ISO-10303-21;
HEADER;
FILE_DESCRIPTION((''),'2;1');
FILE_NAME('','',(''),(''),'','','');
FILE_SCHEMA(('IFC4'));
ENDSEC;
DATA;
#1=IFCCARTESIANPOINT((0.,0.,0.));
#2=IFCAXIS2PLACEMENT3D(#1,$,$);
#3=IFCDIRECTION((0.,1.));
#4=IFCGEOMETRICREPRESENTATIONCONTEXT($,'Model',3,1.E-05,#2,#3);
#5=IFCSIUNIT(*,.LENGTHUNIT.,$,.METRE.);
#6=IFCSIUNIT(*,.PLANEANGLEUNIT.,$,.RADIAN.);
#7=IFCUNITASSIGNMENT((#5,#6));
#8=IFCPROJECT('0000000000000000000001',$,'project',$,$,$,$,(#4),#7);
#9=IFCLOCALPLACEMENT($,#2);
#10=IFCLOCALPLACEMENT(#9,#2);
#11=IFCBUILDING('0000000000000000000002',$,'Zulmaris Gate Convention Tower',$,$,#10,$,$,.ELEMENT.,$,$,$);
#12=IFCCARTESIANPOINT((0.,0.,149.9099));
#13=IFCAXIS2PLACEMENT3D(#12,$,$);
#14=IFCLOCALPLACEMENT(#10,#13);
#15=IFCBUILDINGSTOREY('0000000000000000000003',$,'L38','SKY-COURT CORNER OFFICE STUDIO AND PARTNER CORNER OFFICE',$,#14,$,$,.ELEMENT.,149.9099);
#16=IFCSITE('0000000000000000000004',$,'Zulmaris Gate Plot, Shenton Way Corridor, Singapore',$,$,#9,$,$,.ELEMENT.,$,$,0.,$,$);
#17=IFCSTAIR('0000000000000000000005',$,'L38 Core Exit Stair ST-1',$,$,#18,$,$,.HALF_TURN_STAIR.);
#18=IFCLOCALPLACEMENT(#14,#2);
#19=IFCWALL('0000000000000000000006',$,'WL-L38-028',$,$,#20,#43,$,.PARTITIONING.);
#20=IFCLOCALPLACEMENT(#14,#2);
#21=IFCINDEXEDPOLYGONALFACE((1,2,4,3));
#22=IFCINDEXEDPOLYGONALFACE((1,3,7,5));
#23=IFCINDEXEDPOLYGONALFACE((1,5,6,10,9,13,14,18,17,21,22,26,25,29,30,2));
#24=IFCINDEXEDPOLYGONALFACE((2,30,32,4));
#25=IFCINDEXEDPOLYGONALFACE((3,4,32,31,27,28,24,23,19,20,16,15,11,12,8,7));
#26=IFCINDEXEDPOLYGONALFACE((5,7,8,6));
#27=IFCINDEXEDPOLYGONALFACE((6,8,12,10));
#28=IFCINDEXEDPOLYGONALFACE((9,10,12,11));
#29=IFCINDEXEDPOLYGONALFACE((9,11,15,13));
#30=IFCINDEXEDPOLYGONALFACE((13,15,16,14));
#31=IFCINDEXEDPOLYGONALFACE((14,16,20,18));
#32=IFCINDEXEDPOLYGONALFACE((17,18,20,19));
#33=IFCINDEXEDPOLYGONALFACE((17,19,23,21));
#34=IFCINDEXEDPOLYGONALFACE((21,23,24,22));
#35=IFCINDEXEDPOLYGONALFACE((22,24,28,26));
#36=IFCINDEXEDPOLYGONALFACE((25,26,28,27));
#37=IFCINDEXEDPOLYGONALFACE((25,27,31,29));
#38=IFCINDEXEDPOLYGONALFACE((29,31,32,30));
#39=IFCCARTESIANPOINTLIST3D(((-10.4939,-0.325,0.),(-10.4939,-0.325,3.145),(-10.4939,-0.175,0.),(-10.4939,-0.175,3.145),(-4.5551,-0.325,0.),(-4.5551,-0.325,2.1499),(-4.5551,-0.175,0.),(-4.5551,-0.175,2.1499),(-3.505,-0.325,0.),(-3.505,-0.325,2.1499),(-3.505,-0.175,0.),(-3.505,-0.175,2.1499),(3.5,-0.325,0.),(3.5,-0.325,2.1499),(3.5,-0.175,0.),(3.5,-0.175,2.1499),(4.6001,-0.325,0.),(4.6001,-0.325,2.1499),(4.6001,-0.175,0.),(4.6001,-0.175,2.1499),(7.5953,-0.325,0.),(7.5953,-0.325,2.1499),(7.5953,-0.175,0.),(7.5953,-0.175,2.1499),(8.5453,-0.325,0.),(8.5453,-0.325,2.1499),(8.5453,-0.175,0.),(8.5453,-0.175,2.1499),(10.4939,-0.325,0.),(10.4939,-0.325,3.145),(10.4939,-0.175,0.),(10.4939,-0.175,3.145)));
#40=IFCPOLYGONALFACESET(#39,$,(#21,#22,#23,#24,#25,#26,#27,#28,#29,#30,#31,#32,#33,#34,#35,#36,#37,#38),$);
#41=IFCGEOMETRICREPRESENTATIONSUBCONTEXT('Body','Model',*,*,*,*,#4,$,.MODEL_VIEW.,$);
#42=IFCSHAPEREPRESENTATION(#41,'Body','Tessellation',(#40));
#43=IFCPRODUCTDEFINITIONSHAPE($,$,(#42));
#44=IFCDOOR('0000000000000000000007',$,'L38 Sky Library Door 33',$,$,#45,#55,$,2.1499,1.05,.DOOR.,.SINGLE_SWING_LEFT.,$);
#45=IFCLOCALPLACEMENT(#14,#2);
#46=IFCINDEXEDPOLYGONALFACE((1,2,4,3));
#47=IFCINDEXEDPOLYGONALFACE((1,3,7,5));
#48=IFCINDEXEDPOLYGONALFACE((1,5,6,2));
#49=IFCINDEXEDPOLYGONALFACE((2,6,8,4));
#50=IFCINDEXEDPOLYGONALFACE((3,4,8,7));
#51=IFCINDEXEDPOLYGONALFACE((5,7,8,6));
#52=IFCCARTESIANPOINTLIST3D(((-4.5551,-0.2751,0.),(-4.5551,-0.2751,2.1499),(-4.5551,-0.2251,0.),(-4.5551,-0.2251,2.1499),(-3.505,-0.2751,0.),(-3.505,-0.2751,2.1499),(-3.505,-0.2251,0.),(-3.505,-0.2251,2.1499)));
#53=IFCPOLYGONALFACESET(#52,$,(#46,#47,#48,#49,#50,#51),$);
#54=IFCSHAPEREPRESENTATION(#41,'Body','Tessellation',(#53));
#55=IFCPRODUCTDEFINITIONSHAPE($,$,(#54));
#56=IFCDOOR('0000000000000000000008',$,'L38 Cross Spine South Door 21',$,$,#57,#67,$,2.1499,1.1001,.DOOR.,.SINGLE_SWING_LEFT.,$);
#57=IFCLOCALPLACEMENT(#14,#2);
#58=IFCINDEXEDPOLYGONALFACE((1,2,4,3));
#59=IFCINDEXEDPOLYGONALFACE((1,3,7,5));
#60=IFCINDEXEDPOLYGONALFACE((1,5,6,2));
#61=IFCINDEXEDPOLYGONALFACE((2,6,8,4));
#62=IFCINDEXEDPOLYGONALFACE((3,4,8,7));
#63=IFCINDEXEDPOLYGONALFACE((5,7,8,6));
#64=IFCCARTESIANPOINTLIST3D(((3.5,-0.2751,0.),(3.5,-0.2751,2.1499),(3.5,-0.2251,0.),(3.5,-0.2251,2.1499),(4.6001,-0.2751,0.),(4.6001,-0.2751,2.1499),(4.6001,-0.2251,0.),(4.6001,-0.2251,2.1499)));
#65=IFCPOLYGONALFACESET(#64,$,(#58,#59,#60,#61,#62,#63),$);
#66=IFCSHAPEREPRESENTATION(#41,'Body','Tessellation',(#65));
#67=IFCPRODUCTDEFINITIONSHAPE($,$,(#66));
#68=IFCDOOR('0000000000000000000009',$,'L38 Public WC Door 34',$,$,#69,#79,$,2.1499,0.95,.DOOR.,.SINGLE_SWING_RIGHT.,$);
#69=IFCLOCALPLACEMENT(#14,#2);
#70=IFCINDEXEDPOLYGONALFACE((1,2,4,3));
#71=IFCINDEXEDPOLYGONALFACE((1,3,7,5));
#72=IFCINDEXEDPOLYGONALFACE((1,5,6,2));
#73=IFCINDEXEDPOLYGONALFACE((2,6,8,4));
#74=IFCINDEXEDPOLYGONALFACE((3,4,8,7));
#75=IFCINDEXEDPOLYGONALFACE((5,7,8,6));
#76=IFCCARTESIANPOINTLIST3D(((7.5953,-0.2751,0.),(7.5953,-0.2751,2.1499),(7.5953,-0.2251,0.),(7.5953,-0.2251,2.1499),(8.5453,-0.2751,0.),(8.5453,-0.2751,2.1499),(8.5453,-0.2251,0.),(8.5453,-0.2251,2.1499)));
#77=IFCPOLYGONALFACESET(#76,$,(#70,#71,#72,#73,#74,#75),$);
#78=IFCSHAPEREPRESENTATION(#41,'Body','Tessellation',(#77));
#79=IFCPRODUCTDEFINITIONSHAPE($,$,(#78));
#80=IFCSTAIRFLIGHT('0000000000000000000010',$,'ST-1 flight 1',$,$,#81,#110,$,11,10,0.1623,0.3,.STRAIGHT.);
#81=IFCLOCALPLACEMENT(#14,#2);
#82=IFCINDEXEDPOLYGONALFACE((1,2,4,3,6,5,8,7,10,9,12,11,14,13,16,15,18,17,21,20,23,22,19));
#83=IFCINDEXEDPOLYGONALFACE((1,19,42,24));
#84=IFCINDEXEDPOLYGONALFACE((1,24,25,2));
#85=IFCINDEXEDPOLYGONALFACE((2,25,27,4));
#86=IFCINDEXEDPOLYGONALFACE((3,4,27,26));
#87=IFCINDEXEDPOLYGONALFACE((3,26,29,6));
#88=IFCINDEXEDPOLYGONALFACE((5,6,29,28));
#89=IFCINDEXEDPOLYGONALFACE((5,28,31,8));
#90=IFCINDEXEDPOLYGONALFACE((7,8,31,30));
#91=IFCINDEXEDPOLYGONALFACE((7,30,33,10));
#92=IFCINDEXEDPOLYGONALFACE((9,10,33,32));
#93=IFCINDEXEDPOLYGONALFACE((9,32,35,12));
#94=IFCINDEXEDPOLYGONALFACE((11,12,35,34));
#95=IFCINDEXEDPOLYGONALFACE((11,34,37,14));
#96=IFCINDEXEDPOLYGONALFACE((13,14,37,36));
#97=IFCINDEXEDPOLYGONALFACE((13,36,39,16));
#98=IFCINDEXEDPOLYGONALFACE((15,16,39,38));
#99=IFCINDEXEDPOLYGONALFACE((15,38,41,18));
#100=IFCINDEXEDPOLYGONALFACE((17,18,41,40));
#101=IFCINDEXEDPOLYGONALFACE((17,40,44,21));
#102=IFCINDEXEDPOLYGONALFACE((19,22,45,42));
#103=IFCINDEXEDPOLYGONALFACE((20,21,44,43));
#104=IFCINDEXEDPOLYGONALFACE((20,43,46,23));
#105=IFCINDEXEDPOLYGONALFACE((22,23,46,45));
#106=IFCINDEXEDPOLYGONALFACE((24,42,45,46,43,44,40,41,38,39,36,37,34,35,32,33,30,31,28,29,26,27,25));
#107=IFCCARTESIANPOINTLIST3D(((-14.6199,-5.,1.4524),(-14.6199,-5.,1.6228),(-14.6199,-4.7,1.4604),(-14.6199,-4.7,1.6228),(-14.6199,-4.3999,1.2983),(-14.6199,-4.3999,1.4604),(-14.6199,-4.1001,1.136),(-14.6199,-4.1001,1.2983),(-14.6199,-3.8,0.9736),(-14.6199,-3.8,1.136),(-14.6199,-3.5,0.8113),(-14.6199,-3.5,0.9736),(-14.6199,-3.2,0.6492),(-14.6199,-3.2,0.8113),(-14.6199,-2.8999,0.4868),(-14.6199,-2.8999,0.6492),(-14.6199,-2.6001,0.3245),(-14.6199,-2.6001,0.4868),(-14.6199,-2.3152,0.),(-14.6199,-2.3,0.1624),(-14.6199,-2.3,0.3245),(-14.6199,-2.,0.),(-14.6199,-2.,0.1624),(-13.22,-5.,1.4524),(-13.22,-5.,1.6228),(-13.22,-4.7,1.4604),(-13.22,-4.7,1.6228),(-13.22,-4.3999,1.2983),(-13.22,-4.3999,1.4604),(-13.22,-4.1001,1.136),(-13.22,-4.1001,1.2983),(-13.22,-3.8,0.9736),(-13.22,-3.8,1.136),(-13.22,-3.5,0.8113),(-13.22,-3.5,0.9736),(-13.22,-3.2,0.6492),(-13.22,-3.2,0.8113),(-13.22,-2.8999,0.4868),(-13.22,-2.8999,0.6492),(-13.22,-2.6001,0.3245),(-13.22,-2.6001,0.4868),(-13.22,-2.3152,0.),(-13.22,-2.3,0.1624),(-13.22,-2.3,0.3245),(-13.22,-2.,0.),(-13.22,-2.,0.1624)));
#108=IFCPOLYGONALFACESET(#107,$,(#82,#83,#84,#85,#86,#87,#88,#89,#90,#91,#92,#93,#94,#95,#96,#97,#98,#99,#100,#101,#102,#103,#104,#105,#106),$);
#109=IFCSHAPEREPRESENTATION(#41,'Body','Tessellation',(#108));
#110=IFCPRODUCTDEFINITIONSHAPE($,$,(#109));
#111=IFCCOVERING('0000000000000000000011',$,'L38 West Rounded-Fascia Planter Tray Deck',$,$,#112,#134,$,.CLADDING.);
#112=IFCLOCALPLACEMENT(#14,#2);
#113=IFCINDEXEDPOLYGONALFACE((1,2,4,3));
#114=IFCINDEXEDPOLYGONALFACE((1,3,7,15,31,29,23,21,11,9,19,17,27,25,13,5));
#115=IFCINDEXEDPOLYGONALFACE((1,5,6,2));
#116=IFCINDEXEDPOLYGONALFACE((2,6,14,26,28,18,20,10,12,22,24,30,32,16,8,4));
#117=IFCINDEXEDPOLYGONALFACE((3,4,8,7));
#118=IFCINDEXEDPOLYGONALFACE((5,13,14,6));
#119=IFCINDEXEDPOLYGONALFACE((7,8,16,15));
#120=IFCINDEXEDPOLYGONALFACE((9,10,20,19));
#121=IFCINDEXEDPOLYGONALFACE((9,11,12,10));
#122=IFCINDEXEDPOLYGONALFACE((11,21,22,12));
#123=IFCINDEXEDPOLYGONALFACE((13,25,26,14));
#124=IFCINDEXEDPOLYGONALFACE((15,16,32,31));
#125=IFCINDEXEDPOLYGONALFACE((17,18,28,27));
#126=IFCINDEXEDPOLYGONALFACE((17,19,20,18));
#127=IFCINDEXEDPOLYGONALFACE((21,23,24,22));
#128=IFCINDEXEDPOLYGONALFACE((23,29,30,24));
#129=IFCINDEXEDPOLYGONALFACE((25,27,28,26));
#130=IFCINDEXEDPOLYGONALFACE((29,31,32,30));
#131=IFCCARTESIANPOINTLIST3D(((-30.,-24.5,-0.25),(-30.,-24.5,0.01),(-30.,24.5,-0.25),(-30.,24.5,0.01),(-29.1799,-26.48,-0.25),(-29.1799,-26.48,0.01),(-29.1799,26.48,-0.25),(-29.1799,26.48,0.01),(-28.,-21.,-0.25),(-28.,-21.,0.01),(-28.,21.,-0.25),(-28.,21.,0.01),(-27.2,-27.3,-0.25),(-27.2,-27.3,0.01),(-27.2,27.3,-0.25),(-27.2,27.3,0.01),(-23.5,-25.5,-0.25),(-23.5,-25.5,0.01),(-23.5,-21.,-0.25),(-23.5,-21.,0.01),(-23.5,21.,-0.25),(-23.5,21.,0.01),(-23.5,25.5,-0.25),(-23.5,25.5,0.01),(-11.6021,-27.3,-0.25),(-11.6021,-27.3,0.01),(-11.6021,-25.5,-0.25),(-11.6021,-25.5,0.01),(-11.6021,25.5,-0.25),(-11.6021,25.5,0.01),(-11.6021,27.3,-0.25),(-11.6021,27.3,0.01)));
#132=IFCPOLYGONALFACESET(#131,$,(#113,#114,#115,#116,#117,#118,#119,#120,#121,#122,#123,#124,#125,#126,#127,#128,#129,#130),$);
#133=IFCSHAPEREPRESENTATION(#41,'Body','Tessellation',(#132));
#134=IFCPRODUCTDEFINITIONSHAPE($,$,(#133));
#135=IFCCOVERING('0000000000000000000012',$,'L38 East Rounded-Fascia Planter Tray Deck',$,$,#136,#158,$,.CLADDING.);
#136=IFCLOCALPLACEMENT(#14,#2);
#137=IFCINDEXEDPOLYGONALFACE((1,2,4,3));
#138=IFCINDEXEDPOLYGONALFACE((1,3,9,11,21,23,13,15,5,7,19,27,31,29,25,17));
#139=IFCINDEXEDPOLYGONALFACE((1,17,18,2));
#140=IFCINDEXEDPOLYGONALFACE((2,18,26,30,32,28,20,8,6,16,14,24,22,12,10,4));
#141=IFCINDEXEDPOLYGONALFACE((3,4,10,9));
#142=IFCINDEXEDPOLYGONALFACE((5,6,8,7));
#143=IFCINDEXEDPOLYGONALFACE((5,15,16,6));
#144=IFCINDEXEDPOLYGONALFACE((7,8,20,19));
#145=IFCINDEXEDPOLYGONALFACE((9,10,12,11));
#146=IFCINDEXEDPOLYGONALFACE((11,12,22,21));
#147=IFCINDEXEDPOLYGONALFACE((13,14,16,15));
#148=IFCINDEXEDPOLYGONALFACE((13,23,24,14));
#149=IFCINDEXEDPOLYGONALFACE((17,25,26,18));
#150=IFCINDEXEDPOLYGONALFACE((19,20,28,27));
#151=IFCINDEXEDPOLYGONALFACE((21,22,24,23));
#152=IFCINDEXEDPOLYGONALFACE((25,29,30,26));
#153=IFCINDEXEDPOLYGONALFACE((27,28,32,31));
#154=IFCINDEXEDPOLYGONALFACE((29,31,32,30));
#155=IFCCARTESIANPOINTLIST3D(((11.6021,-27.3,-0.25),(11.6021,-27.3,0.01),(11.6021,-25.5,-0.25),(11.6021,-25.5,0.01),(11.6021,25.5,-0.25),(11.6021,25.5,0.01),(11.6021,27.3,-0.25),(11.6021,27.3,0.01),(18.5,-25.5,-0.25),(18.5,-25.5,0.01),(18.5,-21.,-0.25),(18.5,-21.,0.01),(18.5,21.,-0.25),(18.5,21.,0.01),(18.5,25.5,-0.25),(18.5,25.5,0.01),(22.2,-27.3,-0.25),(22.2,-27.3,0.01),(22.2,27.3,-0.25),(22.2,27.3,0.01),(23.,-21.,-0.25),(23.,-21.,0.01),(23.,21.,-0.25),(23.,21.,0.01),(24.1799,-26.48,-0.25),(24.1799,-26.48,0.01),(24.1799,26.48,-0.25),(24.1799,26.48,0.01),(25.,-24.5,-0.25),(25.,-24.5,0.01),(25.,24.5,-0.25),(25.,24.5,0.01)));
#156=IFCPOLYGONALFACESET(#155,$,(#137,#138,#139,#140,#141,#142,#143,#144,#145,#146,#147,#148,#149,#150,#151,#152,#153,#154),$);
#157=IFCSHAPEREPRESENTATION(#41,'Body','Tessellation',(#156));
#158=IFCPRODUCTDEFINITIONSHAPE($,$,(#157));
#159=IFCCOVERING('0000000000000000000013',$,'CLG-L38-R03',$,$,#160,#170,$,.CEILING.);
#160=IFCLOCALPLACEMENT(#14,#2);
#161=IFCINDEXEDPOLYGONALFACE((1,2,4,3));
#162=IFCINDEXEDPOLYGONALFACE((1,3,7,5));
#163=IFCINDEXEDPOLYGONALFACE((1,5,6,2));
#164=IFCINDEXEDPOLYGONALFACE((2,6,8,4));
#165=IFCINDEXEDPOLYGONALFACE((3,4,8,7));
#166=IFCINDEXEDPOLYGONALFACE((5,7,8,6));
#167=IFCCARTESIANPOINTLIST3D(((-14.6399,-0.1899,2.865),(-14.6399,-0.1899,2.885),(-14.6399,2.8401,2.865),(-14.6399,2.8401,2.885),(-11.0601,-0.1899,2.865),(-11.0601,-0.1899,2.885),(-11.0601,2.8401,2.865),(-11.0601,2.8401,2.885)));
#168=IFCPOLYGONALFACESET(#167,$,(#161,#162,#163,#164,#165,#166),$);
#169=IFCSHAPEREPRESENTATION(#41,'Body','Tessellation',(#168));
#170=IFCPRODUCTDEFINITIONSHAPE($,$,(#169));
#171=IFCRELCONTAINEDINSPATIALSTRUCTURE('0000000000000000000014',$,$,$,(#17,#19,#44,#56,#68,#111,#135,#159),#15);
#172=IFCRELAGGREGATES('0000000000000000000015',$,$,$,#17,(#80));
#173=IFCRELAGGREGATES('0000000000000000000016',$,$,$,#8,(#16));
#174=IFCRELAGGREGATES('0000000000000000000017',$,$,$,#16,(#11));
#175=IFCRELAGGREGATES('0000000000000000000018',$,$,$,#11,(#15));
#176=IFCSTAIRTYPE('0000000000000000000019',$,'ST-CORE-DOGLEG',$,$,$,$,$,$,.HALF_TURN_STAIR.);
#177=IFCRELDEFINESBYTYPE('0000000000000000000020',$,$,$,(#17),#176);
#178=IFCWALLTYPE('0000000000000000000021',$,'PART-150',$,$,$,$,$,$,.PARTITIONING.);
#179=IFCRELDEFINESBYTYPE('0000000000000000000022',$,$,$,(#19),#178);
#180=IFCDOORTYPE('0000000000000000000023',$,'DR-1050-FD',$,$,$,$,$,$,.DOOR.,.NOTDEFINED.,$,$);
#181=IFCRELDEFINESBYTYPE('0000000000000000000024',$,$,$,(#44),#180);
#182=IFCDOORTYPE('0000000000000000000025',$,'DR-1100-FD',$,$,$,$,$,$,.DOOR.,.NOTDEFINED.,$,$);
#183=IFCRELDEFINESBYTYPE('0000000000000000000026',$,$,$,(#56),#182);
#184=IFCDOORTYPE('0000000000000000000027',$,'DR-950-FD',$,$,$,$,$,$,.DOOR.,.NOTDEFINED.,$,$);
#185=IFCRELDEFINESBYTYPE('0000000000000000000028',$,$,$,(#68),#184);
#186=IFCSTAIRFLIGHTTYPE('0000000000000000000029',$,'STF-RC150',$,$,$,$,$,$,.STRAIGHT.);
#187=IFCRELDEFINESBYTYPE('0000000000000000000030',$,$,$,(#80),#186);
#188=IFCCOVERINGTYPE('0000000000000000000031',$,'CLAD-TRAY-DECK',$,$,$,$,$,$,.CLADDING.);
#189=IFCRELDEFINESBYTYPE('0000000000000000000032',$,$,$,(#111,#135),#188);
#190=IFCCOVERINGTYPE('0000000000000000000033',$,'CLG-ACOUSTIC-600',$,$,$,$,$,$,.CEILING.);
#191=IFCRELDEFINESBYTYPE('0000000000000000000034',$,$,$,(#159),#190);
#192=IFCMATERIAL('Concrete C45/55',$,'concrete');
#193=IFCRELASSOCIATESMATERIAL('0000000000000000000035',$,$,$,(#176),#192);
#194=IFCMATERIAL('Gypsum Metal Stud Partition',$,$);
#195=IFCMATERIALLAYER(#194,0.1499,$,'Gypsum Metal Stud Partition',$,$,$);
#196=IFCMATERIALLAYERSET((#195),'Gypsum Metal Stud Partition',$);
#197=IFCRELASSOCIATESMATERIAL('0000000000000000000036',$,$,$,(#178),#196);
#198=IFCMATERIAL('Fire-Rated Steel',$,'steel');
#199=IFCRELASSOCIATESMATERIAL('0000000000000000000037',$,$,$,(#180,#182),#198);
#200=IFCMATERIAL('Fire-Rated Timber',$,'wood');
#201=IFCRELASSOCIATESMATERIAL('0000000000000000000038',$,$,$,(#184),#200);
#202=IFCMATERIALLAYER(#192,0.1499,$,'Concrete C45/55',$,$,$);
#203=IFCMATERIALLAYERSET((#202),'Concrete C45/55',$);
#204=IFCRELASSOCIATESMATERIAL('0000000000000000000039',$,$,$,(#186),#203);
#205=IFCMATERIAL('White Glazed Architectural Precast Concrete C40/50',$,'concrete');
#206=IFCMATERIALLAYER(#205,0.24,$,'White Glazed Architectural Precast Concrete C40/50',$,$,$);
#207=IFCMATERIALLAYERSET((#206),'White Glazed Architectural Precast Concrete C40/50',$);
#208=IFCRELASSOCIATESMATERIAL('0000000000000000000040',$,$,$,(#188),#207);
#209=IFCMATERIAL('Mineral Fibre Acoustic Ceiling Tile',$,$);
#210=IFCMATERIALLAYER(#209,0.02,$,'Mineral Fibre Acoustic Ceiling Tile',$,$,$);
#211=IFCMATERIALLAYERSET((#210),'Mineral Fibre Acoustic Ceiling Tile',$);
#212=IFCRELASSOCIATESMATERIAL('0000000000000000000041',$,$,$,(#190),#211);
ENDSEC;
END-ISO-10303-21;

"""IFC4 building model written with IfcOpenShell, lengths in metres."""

from ifc_helpers import new_model, si_unit, direction, frame, frame_2d, origin, place, context, subcontext, project, spatial, polyline, rectangle, outline, extrude, material, layer, layer_set, type_object, element, fill, aggregate, save


model = new_model("IFC4")

# Units and contexts
model_context = context("Model", 3, precision=1e-05, world=origin(), true_north=direction((0.0, 1.0)))
body_context = subcontext(model_context, "Body", "Model", "MODEL_VIEW")
ifc_project = project(units=[si_unit("LENGTHUNIT", "METRE"), si_unit("PLANEANGLEUNIT", "RADIAN")], contexts=[model_context])

# Site, building, storey
site_placement = place(None, origin())
site = spatial("IfcSite", under=ifc_project, at=site_placement, Name="Zulmaris Gate Plot, Shenton Way Corridor, Singapore", CompositionType="ELEMENT", RefElevation=0.0)
building_placement = place(site_placement, origin())
building = spatial("IfcBuilding", under=site, at=building_placement, Name="Zulmaris Gate Convention Tower", CompositionType="ELEMENT")
storey_placement = place(building_placement, frame((0.0, 0.0, 149.9099)))
storey = spatial("IfcBuildingStorey", under=building, at=storey_placement, Name="L38", Description="SKY-COURT CORNER OFFICE STUDIO AND PARTNER CORNER OFFICE", CompositionType="ELEMENT", Elevation=149.9099)

# Stair
ifc_material_1 = material(Name="Concrete C45/55", Category="concrete")
stair_type = type_object("IfcStairType", Name="ST-CORE-DOGLEG", PredefinedType="HALF_TURN_STAIR", material=ifc_material_1)
stair_1_placement = place(storey_placement, origin())
stair_1 = element("IfcStair", 1, at=stair_1_placement, inside=storey, type_object=stair_type, Name="L38 Core Exit Stair ST-1", PredefinedType="HALF_TURN_STAIR")

# Wall, openings, doors
ifc_material_2 = material(Name="Gypsum Metal Stud Partition")
ifc_layer_1 = layer(ifc_material_2, 0.1499, Name="Gypsum Metal Stud Partition")
ifc_layer_set_1 = layer_set([ifc_layer_1], Name="Gypsum Metal Stud Partition")
wall_type = type_object("IfcWallType", Name="PART-150", PredefinedType="PARTITIONING", material=ifc_layer_set_1)
wall_placement = place(storey_placement, frame((-10.4939, -0.25, 0.0), z_axis=(0.0, 0.0, 1.0), x_axis=(1.0, 0.0, 0.0)))
wall = element("IfcWall", 2, at=wall_placement, inside=storey, type_object=wall_type, Name="WL-L38-028", PredefinedType="PARTITIONING", context=body_context, shape_type="SweptSolid", body=[
    extrude(rectangle(XDim=20.9878, YDim=0.1499, at=frame_2d((10.4939, 0.0))), origin(), (0.0, 0.0, 1.0), 3.145),
])
opening_1_placement = place(wall_placement, frame((13.9939, 0.0, 0.0)))
opening_1 = element("IfcOpeningElement", 3, at=opening_1_placement, cuts=wall, PredefinedType="OPENING", context=body_context, shape_type="SweptSolid", body=[
    extrude(rectangle(XDim=1.1001, YDim=2.1499, at=frame_2d((0.55, 1.075))), frame((0.0, 0.085, 0.0), z_axis=(0.0, -1.0, 0.0), x_axis=(1.0, 0.0, 0.0)), (0.0, 0.0, 1.0), 0.1699),
])
opening_2_placement = place(wall_placement, frame((5.939, 0.0, 0.0)))
opening_2 = element("IfcOpeningElement", 4, at=opening_2_placement, cuts=wall, PredefinedType="OPENING", context=body_context, shape_type="SweptSolid", body=[
    extrude(rectangle(XDim=1.05, YDim=2.1499, at=frame_2d((0.5249, 1.075))), frame((0.0, 0.085, 0.0), z_axis=(0.0, -1.0, 0.0), x_axis=(1.0, 0.0, 0.0)), (0.0, 0.0, 1.0), 0.1699),
])
opening_3_placement = place(wall_placement, frame((18.0891, 0.0, 0.0)))
opening_3 = element("IfcOpeningElement", 5, at=opening_3_placement, cuts=wall, PredefinedType="OPENING", context=body_context, shape_type="SweptSolid", body=[
    extrude(rectangle(XDim=0.95, YDim=2.1499, at=frame_2d((0.4751, 1.075))), frame((0.0, 0.085, 0.0), z_axis=(0.0, -1.0, 0.0), x_axis=(1.0, 0.0, 0.0)), (0.0, 0.0, 1.0), 0.1699),
])
ifc_material_3 = material(Name="Fire-Rated Steel", Category="steel")
door_type_1 = type_object("IfcDoorType", Name="DR-1050-FD", OperationType="NOTDEFINED", PredefinedType="DOOR", material=ifc_material_3)
door_1_placement = place(opening_2_placement, origin())
door_1 = element("IfcDoor", 6, at=door_1_placement, inside=storey, type_object=door_type_1, Name="L38 Sky Library Door 33", OperationType="SINGLE_SWING_LEFT", OverallHeight=2.1499, OverallWidth=1.05, PredefinedType="DOOR", context=body_context, shape_type="SweptSolid", body=[
    extrude(rectangle(XDim=1.05, YDim=2.1499, at=frame_2d((0.5249, 1.075))), frame((0.0, 0.0249, 0.0), z_axis=(0.0, -1.0, 0.0), x_axis=(1.0, 0.0, 0.0)), (0.0, 0.0, 1.0), 0.05),
])
fill(opening_2, door_1)
door_type_2 = type_object("IfcDoorType", Name="DR-1100-FD", OperationType="NOTDEFINED", PredefinedType="DOOR", material=ifc_material_3)
door_2_placement = place(opening_1_placement, origin())
door_2 = element("IfcDoor", 7, at=door_2_placement, inside=storey, type_object=door_type_2, Name="L38 Cross Spine South Door 21", OperationType="SINGLE_SWING_LEFT", OverallHeight=2.1499, OverallWidth=1.1001, PredefinedType="DOOR", context=body_context, shape_type="SweptSolid", body=[
    extrude(rectangle(XDim=1.1001, YDim=2.1499, at=frame_2d((0.55, 1.075))), frame((0.0, 0.0249, 0.0), z_axis=(0.0, -1.0, 0.0), x_axis=(1.0, 0.0, 0.0)), (0.0, 0.0, 1.0), 0.05),
])
fill(opening_1, door_2)
ifc_material_4 = material(Name="Fire-Rated Timber", Category="wood")
door_type_3 = type_object("IfcDoorType", Name="DR-950-FD", OperationType="NOTDEFINED", PredefinedType="DOOR", material=ifc_material_4)
door_3_placement = place(opening_3_placement, origin())
door_3 = element("IfcDoor", 8, at=door_3_placement, inside=storey, type_object=door_type_3, Name="L38 Public WC Door 34", OperationType="SINGLE_SWING_RIGHT", OverallHeight=2.1499, OverallWidth=0.95, PredefinedType="DOOR", context=body_context, shape_type="SweptSolid", body=[
    extrude(rectangle(XDim=0.95, YDim=2.1499, at=frame_2d((0.4751, 1.075))), frame((0.0, 0.0249, 0.0), z_axis=(0.0, -1.0, 0.0), x_axis=(1.0, 0.0, 0.0)), (0.0, 0.0, 1.0), 0.05),
])
fill(opening_3, door_3)

# Stair flight
ifc_layer_2 = layer(ifc_material_1, 0.1499, Name="Concrete C45/55")
ifc_layer_set_2 = layer_set([ifc_layer_2], Name="Concrete C45/55")
stair_flight_type = type_object("IfcStairFlightType", Name="STF-RC150", PredefinedType="STRAIGHT", material=ifc_layer_set_2)
stair_flight_placement = place(storey_placement, frame((-13.9199, -2.0, 0.0), z_axis=(0.0, 0.0, 1.0), x_axis=(0.0, -1.0, 0.0)))
stair_flight = element("IfcStairFlight", 9, at=stair_flight_placement, type_object=stair_flight_type, Name="ST-1 flight 1", NumberOfRisers=11, NumberOfTreads=10, PredefinedType="STRAIGHT", RiserHeight=0.1623, TreadLength=0.3, context=body_context, shape_type="SweptSolid", body=[
    extrude(outline(polyline([(0.0, 0.0), (0.0, 0.1624), (0.3, 0.1624), (0.3, 0.3245), (0.6001, 0.3245), (0.6001, 0.4868), (0.8999, 0.4868), (0.8999, 0.6492), (1.2, 0.6492), (1.2, 0.8113), (1.5, 0.8113), (1.5, 0.9736), (1.8, 0.9736), (1.8, 1.136), (2.1001, 1.136), (2.1001, 1.2983), (2.3999, 1.2983), (2.3999, 1.4604), (2.7, 1.4604), (2.7, 1.6228), (3.0, 1.6228), (3.0, 1.7852), (3.0, 1.4524), (0.3152, 0.0), (0.0, 0.0)])), frame((0.0, 0.7, 0.0), z_axis=(0.0, -1.0, 0.0), x_axis=(1.0, 0.0, 0.0)), (0.0, 0.0, 1.0), 1.3999),
])
aggregate(stair_1, [stair_flight])

# Coverings
ifc_material_5 = material(Name="White Glazed Architectural Precast Concrete C40/50", Category="concrete")
ifc_layer_3 = layer(ifc_material_5, 0.24, Name="White Glazed Architectural Precast Concrete C40/50")
ifc_layer_set_3 = layer_set([ifc_layer_3], Name="White Glazed Architectural Precast Concrete C40/50")
covering_type_1 = type_object("IfcCoveringType", Name="CLAD-TRAY-DECK", PredefinedType="CLADDING", material=ifc_layer_set_3)
covering_1_placement = place(storey_placement, frame((0.0, 0.0, -0.25)))
element("IfcCovering", 10, at=covering_1_placement, inside=storey, type_object=covering_type_1, Name="L38 West Rounded-Fascia Planter Tray Deck", PredefinedType="CLADDING", context=body_context, shape_type="SweptSolid", body=[
    extrude(outline(polyline([(-30.0, 24.5), (-29.1799, 26.48), (-27.2, 27.3), (-11.6021, 27.3), (-11.6021, 25.5), (-23.5, 25.5), (-23.5, 21.0), (-28.0, 21.0), (-28.0, -21.0), (-23.5, -21.0), (-23.5, -25.5), (-11.6021, -25.5), (-11.6021, -27.3), (-27.2, -27.3), (-29.1799, -26.48), (-30.0, -24.5), (-30.0, 24.5)])), origin(), (0.0, 0.0, 1.0), 0.26),
])
covering_2_placement = place(storey_placement, frame((0.0, 0.0, -0.25)))
element("IfcCovering", 11, at=covering_2_placement, inside=storey, type_object=covering_type_1, Name="L38 East Rounded-Fascia Planter Tray Deck", PredefinedType="CLADDING", context=body_context, shape_type="SweptSolid", body=[
    extrude(outline(polyline([(22.2, 27.3), (24.1799, 26.48), (25.0, 24.5), (25.0, -24.5), (24.1799, -26.48), (22.2, -27.3), (11.6021, -27.3), (11.6021, -25.5), (18.5, -25.5), (18.5, -21.0), (23.0, -21.0), (23.0, 21.0), (18.5, 21.0), (18.5, 25.5), (11.6021, 25.5), (11.6021, 27.3), (22.2, 27.3)])), origin(), (0.0, 0.0, 1.0), 0.26),
])
ifc_material_6 = material(Name="Mineral Fibre Acoustic Ceiling Tile")
ifc_layer_4 = layer(ifc_material_6, 0.02, Name="Mineral Fibre Acoustic Ceiling Tile")
ifc_layer_set_4 = layer_set([ifc_layer_4], Name="Mineral Fibre Acoustic Ceiling Tile")
covering_type_2 = type_object("IfcCoveringType", Name="CLG-ACOUSTIC-600", PredefinedType="CEILING", material=ifc_layer_set_4)
covering_3_placement = place(storey_placement, frame((0.0, 0.0, 2.865)))
element("IfcCovering", 12, at=covering_3_placement, inside=storey, type_object=covering_type_2, Name="CLG-L38-R03", PredefinedType="CEILING", context=body_context, shape_type="SweptSolid", body=[
    extrude(outline(polyline([(-14.6399, -0.1899), (-11.0601, -0.1899), (-11.0601, 2.8401), (-14.6399, 2.8401), (-14.6399, -0.1899)])), origin(), (0.0, 0.0, 1.0), 0.02),
])

save(model, "model.ifc")
